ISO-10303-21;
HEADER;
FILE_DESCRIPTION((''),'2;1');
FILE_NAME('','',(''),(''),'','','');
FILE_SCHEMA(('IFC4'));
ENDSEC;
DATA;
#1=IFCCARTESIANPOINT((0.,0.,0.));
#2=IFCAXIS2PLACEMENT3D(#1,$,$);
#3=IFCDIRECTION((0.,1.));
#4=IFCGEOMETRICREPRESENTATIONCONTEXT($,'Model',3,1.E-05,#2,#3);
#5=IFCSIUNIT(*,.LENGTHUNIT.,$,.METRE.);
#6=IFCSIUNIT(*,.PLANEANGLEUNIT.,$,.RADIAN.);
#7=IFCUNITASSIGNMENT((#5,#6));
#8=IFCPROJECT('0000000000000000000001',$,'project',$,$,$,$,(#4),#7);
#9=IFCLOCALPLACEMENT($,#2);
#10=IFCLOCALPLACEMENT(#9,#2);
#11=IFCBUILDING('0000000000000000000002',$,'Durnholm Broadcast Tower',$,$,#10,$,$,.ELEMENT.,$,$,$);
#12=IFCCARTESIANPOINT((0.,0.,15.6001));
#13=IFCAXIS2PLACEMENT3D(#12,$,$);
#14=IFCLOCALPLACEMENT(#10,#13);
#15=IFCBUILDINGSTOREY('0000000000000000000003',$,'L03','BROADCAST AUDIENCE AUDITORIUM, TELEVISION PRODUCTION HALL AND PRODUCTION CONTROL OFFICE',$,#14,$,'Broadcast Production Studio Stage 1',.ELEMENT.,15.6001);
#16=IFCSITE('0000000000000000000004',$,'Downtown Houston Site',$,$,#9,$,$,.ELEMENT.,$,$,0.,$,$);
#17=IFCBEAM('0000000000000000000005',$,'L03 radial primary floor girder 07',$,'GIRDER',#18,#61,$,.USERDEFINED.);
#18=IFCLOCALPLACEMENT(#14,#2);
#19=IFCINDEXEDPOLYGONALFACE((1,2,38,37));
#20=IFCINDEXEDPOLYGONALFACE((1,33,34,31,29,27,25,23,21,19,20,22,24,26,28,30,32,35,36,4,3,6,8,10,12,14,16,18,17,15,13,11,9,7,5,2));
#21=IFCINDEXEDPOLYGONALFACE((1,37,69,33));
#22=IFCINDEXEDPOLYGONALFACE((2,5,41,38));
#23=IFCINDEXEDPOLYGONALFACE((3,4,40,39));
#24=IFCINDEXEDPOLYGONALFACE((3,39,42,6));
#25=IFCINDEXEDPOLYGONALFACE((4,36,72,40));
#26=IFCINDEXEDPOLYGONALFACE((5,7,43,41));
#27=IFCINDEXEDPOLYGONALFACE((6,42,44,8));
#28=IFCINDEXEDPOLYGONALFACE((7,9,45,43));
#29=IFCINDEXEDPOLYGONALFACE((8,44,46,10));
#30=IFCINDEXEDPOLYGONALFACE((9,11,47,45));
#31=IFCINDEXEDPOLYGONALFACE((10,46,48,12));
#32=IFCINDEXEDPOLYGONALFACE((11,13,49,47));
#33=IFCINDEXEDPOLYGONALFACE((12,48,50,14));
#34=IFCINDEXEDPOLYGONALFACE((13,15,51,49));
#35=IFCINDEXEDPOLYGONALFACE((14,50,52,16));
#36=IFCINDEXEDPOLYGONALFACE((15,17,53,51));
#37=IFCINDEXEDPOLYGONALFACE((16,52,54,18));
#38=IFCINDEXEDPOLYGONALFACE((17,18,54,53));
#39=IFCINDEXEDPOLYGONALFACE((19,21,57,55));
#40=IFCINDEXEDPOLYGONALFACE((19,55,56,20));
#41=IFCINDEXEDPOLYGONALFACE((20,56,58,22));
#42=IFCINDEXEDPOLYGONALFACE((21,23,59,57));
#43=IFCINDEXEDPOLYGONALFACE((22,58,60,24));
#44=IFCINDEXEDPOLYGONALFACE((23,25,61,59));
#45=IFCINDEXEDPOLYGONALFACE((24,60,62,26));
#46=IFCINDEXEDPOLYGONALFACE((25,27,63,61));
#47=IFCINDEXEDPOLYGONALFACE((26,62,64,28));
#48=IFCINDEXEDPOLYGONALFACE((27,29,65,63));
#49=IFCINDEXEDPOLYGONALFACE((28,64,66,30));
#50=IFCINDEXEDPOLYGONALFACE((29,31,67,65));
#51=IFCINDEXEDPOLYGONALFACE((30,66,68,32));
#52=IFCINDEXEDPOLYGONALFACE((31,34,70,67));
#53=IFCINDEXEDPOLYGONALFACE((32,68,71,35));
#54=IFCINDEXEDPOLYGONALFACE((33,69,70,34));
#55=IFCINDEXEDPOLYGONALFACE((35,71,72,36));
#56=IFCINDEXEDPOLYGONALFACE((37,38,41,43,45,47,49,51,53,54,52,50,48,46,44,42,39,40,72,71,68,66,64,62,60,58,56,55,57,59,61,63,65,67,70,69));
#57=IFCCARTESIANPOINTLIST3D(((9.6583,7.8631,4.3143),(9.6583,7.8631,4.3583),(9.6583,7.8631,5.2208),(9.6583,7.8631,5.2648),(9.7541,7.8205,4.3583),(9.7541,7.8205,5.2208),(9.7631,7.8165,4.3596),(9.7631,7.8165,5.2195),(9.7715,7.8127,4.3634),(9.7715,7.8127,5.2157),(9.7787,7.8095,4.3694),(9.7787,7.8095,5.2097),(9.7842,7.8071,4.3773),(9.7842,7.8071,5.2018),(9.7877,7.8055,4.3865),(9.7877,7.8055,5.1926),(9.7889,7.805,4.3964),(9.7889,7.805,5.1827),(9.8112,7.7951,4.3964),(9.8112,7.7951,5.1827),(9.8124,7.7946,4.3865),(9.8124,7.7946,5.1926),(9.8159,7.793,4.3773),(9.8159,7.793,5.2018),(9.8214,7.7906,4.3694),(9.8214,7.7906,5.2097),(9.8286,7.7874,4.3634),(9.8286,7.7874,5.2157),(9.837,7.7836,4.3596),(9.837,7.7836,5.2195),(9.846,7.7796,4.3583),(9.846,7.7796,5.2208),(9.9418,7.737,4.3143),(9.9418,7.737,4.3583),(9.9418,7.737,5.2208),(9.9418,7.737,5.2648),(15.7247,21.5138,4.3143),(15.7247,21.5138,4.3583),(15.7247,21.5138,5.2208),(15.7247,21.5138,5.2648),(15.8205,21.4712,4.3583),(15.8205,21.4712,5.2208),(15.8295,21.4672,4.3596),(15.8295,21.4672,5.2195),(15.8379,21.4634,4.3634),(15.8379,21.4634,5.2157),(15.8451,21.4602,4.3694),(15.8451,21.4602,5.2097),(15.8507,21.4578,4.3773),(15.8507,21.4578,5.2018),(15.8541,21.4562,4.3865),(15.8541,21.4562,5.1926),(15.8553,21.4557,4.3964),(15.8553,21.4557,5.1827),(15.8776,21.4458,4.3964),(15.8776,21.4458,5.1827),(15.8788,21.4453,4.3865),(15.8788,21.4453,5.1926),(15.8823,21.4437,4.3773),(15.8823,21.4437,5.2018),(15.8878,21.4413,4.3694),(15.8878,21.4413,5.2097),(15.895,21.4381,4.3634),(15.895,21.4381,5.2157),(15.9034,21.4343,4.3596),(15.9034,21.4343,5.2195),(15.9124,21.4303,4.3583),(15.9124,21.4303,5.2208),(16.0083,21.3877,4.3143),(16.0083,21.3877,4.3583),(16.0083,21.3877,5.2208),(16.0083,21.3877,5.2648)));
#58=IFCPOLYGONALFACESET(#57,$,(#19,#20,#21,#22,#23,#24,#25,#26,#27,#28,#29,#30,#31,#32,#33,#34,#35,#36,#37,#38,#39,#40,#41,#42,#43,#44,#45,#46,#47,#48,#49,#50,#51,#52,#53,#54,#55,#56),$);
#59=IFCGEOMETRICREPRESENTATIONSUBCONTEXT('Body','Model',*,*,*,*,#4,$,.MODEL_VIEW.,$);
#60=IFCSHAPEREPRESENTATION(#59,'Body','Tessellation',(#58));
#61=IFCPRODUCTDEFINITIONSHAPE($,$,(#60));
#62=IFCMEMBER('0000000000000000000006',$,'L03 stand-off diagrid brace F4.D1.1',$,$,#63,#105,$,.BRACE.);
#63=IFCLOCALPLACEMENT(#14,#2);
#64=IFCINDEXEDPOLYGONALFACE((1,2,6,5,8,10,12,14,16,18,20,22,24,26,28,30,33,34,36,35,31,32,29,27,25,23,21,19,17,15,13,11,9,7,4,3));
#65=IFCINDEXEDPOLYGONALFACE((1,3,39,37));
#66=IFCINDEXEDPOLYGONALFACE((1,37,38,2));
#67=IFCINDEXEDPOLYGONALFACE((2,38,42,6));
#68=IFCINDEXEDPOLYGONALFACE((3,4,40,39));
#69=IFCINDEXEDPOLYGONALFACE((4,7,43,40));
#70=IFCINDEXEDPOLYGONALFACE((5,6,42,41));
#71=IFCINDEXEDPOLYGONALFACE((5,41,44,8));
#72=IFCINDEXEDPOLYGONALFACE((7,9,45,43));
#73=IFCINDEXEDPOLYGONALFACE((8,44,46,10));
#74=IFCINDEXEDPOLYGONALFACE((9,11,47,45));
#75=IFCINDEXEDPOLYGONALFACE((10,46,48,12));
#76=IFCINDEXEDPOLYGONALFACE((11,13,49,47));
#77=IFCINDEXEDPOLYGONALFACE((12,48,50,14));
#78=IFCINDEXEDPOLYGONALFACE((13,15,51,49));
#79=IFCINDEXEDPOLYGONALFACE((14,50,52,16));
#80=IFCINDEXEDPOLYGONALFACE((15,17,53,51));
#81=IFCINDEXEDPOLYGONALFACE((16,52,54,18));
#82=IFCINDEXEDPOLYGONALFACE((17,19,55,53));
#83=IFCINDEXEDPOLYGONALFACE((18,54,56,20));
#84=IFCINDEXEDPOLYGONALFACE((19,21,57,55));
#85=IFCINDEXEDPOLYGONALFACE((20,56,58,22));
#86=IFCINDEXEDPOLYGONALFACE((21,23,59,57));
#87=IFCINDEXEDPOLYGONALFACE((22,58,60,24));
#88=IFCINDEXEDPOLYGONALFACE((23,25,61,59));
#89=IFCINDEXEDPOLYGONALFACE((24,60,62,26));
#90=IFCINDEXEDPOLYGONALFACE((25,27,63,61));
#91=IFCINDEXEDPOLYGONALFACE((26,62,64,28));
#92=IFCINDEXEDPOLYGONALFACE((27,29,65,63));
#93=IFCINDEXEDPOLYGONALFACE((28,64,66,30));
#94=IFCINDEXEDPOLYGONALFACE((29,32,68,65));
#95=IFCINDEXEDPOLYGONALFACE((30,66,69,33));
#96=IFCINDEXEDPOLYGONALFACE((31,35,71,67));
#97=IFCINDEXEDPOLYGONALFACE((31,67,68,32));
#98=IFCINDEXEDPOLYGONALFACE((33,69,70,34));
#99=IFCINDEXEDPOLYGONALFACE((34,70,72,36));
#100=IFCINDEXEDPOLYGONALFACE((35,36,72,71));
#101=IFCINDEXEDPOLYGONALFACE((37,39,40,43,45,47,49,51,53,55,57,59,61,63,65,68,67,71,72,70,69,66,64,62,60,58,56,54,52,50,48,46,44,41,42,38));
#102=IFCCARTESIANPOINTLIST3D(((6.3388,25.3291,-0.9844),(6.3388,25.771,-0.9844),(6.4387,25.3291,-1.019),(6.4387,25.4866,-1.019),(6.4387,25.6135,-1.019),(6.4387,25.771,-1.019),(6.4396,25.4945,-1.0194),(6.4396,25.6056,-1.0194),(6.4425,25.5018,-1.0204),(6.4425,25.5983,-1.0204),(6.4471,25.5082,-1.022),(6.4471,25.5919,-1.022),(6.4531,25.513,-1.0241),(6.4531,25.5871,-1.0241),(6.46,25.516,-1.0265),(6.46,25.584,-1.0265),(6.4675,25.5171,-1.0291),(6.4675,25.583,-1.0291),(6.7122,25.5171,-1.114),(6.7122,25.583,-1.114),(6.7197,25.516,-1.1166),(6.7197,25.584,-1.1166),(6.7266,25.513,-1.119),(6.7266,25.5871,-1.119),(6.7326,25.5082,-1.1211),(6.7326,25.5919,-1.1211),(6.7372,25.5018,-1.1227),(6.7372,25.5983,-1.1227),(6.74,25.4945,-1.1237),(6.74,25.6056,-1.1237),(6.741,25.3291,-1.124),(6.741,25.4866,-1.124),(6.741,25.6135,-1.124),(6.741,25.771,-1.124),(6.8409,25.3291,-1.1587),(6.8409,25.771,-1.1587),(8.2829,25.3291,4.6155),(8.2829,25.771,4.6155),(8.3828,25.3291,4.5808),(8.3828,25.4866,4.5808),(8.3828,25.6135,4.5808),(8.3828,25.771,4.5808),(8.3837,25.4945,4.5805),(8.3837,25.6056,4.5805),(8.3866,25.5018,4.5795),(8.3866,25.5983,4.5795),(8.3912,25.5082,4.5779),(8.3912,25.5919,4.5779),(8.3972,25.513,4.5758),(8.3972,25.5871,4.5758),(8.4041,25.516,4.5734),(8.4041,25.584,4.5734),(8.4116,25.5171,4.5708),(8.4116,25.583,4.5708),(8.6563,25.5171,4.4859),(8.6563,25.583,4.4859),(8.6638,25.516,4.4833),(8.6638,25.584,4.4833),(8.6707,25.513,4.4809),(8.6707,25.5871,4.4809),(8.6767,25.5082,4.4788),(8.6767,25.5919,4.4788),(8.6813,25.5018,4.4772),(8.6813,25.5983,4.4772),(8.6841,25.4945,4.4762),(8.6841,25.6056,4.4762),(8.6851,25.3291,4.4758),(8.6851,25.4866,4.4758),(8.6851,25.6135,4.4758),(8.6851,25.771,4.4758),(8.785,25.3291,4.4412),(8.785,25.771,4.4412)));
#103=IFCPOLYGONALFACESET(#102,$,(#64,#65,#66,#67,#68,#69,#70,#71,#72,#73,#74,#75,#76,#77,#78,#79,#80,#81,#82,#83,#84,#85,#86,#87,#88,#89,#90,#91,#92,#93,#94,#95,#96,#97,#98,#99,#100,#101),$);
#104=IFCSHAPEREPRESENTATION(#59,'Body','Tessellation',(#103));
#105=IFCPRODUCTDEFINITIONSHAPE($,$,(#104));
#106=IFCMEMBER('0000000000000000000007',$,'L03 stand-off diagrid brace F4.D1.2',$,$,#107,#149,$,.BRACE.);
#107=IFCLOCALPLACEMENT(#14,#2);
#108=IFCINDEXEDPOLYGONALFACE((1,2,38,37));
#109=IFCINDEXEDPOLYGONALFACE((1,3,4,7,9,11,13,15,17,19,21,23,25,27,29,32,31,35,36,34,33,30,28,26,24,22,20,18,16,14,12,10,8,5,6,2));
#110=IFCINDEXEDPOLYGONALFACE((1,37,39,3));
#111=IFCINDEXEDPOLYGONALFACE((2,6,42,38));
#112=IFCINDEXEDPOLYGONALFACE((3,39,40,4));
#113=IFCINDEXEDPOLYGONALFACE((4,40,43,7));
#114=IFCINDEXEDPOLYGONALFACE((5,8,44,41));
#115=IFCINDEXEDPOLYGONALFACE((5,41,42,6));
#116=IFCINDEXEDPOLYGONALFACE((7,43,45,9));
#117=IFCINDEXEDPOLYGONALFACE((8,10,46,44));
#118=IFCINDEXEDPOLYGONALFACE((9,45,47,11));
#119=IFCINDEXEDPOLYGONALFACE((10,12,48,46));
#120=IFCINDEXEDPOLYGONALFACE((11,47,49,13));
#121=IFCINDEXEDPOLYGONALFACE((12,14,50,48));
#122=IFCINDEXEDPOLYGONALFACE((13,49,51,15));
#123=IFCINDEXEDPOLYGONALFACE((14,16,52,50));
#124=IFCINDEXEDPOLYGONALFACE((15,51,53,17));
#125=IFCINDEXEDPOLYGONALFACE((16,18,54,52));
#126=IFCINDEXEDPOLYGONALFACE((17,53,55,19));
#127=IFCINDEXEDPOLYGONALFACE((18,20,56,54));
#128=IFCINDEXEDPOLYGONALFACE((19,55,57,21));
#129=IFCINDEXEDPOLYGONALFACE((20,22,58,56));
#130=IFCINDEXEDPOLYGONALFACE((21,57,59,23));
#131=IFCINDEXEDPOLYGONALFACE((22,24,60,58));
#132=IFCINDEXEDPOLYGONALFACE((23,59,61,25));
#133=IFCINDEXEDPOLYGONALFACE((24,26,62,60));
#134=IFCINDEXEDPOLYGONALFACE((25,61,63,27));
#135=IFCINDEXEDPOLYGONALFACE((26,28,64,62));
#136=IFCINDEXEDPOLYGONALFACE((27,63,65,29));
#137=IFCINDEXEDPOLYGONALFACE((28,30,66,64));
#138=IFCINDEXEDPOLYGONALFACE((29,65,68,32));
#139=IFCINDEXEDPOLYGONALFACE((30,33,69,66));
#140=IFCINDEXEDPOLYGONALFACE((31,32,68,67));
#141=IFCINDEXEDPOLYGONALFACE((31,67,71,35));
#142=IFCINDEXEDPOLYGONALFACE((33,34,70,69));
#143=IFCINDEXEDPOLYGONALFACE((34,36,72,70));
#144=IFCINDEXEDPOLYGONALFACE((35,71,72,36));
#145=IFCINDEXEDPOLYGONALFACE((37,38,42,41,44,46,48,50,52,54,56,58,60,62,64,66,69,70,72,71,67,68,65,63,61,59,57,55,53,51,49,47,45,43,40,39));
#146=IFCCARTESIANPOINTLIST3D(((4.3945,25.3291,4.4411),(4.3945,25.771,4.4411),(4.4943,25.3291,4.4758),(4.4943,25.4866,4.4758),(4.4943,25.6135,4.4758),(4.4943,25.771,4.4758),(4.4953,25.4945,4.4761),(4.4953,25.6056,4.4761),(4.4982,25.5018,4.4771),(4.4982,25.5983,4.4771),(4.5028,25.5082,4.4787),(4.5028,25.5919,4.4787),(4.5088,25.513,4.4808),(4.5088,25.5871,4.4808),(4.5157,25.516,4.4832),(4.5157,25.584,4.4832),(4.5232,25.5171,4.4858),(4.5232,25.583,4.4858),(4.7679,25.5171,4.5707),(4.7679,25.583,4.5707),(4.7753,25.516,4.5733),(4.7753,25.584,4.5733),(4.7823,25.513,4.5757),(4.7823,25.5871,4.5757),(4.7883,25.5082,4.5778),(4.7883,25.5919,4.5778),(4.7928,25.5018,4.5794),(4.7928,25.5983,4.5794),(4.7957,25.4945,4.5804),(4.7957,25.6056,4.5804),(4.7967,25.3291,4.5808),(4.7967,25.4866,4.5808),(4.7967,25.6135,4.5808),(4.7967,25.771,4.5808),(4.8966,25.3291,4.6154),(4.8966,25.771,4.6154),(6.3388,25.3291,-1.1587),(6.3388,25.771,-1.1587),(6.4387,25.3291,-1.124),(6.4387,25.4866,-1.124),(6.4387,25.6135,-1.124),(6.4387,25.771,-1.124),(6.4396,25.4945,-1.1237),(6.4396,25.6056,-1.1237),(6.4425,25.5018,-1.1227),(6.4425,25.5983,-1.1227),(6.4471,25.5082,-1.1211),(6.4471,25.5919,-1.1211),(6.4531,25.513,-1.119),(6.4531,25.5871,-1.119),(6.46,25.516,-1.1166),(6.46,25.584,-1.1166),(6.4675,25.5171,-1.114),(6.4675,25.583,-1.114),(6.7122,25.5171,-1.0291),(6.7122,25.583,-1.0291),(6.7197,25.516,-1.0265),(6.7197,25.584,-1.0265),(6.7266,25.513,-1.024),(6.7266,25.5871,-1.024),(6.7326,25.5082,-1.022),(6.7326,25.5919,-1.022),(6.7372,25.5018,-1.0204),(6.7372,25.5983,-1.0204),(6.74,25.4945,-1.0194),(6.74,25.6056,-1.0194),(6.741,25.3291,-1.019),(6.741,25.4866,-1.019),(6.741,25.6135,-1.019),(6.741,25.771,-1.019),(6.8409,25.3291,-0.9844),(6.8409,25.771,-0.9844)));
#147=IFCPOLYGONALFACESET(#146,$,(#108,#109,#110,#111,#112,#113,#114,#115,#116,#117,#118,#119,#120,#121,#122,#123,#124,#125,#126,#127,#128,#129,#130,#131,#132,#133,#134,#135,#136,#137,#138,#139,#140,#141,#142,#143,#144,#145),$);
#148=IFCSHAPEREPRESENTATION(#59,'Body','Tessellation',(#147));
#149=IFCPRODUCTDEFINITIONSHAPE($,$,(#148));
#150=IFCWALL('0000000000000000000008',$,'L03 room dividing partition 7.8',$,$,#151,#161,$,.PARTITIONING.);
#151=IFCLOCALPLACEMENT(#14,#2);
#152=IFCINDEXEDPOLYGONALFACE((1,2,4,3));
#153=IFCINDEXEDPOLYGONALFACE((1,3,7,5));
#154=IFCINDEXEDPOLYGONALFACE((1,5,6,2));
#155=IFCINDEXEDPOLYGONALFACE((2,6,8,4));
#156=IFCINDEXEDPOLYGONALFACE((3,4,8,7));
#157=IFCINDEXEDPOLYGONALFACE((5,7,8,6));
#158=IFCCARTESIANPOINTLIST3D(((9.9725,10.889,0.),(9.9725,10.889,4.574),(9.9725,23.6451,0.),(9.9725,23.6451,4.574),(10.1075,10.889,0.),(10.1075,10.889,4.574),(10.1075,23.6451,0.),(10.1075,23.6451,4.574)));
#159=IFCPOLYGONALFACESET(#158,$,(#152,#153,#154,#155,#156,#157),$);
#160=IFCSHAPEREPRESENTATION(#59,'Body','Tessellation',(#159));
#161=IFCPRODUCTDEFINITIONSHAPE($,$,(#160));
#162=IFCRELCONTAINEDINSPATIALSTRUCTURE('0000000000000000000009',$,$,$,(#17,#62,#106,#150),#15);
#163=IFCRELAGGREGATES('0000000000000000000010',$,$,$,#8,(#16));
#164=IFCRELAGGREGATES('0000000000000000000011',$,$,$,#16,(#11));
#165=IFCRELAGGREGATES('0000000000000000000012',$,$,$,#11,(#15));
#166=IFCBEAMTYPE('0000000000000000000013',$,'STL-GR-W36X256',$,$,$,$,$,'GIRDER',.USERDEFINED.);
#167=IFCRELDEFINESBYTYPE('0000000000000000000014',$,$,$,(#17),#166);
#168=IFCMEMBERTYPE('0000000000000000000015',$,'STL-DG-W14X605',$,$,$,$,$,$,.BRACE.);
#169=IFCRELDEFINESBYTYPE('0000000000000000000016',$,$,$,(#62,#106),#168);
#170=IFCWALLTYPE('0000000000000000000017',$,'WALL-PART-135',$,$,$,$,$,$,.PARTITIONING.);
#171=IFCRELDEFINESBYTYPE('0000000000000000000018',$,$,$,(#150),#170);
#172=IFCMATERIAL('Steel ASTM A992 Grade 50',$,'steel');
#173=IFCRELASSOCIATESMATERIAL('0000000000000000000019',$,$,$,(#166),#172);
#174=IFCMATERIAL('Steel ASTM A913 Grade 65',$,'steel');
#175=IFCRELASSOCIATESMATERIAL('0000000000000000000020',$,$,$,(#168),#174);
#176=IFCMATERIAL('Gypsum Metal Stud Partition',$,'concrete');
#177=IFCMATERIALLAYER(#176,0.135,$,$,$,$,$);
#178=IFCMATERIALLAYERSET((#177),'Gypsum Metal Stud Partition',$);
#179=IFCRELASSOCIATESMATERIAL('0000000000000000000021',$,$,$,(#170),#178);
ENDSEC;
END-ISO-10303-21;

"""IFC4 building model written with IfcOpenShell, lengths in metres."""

from ifc_helpers import new_model, si_unit, direction, frame, frame_2d, origin, origin_2d, place, context, subcontext, project, spatial, rectangle, i_section, extrude, source, transform, mapped, material, layer, layer_set, material_profile, profile_set, type_object, type_shapes, element, save


model = new_model("IFC4")

# Units and contexts
model_context = context("Model", 3, precision=1e-05, world=origin(), true_north=direction((0.0, 1.0)))
body_context = subcontext(model_context, "Body", "Model", "MODEL_VIEW")
ifc_project = project(units=[si_unit("LENGTHUNIT", "METRE"), si_unit("PLANEANGLEUNIT", "RADIAN")], contexts=[model_context])

# Site, building, storey
site_placement = place(None, origin())
site = spatial("IfcSite", under=ifc_project, at=site_placement, Name="Downtown Houston Site", CompositionType="ELEMENT", RefElevation=0.0)
building_placement = place(site_placement, origin())
building = spatial("IfcBuilding", under=site, at=building_placement, Name="Durnholm Broadcast Tower", CompositionType="ELEMENT")
storey_placement = place(building_placement, frame((0.0, 0.0, 15.6001)))
storey = spatial("IfcBuildingStorey", under=building, at=storey_placement, Name="L03", Description="BROADCAST AUDIENCE AUDITORIUM, TELEVISION PRODUCTION HALL AND PRODUCTION CONTROL OFFICE", LongName="Broadcast Production Studio Stage 1", CompositionType="ELEMENT", Elevation=15.6001)

# Beam
ifc_material_1 = material(Name="Steel ASTM A992 Grade 50", Category="steel")
ifc_material_profile_1 = material_profile(ifc_material_1, i_section(OverallWidth=0.3103, OverallDepth=0.9504, WebThickness=0.0244, FlangeThickness=0.0439, FilletRadius=0.0381, at=origin_2d()), Name="W36X256")
ifc_profile_set_1 = profile_set([ifc_material_profile_1], Name="Steel ASTM A992 Grade 50")
beam_type_1 = type_object("IfcBeamType", Name="STL-GR-W36X256", ElementType="GIRDER", PredefinedType="USERDEFINED", material=ifc_profile_set_1)
shared_shape_1 = source(origin(), body_context, "Body", "SweptSolid", [
    extrude(i_section(OverallWidth=0.3103, OverallDepth=0.9504, WebThickness=0.0244, FlangeThickness=0.0439, FilletRadius=0.0381, at=origin_2d()), origin(), (0.0, 0.0, 1.0), 14.938),
])
beam_1_placement = place(storey_placement, frame((9.8, 7.8, 4.7896), z_axis=(0.406108, 0.913825, 0.0), x_axis=(-0.913825, 0.406108, 0.0)))
element("IfcBeam", 1, at=beam_1_placement, inside=storey, type_object=beam_type_1, Name="L03 radial primary floor girder 07", ObjectType="GIRDER", PredefinedType="USERDEFINED", context=body_context, shape_type="MappedRepresentation", body=[
    mapped(shared_shape_1, transform((0.0, 0.0, 0.0), x_axis=(1.0, 0.0, 0.0), y_axis=(0.0, 1.0, 0.0), z_axis=(0.0, 0.0, 1.0), scale=1.0)),
])

# Members
ifc_material_2 = material(Name="Steel ASTM A913 Grade 65", Category="steel")
ifc_material_profile_2 = material_profile(ifc_material_2, i_section(OverallWidth=0.4419, OverallDepth=0.5315, WebThickness=0.0659, FlangeThickness=0.1057, FilletRadius=0.0305, at=origin_2d()), Name="W14X605")
ifc_profile_set_2 = profile_set([ifc_material_profile_2], Name="Steel ASTM A913 Grade 65")
member_type = type_object("IfcMemberType", Name="STL-DG-W14X605", PredefinedType="BRACE", material=ifc_profile_set_2)
shared_shape_2 = source(origin(), body_context, "Body", "SweptSolid", [
    extrude(i_section(OverallWidth=0.4419, OverallDepth=0.5315, WebThickness=0.0659, FlangeThickness=0.1057, FilletRadius=0.0305, at=origin_2d()), origin(), (0.0, 0.0, 1.0), 5.9277),
])
type_shapes(member_type, [shared_shape_2])
for number, where, z_axis, x_axis, name in (
    (2, (6.5898, 25.55, -1.0715), (0.327966, 0.0, 0.944689), (0.0, 1.0, 0.0), "L03 stand-off diagrid brace F4.D1.1"),
    (3, (6.5898, 25.55, -1.0715), (-0.328003, 0.0, 0.944677), (0.0, -1.0, 0.0), "L03 stand-off diagrid brace F4.D1.2"),
):
    element("IfcMember", number, at=place(storey_placement, frame(where, z_axis=z_axis, x_axis=x_axis)), inside=storey, type_object=member_type, Name=name, PredefinedType="BRACE", context=body_context, shape_type="MappedRepresentation", body=[
        mapped(shared_shape_2, transform((0.0, 0.0, 0.0), x_axis=(1.0, 0.0, 0.0), y_axis=(0.0, 1.0, 0.0), z_axis=(0.0, 0.0, 1.0), scale=1.0)),
    ])

# Wall
ifc_material_3 = material(Name="Gypsum Metal Stud Partition", Category="concrete")
ifc_layer_1 = layer(ifc_material_3, 0.135)
ifc_layer_set_1 = layer_set([ifc_layer_1], Name="Gypsum Metal Stud Partition")
wall_type_1 = type_object("IfcWallType", Name="WALL-PART-135", PredefinedType="PARTITIONING", material=ifc_layer_set_1)
wall_1_placement = place(storey_placement, frame((10.04, 23.645, 0.0), z_axis=(0.0, 0.0, 1.0), x_axis=(0.0, -1.0, 0.0)))
element("IfcWall", 4, at=wall_1_placement, inside=storey, type_object=wall_type_1, Name="L03 room dividing partition 7.8", PredefinedType="PARTITIONING", context=body_context, shape_type="SweptSolid", body=[
    extrude(rectangle(XDim=12.7561, YDim=0.135, at=frame_2d((6.3779, 0.0))), origin(), (0.0, 0.0, 1.0), 4.574),
])

save(model, "model.ifc")
